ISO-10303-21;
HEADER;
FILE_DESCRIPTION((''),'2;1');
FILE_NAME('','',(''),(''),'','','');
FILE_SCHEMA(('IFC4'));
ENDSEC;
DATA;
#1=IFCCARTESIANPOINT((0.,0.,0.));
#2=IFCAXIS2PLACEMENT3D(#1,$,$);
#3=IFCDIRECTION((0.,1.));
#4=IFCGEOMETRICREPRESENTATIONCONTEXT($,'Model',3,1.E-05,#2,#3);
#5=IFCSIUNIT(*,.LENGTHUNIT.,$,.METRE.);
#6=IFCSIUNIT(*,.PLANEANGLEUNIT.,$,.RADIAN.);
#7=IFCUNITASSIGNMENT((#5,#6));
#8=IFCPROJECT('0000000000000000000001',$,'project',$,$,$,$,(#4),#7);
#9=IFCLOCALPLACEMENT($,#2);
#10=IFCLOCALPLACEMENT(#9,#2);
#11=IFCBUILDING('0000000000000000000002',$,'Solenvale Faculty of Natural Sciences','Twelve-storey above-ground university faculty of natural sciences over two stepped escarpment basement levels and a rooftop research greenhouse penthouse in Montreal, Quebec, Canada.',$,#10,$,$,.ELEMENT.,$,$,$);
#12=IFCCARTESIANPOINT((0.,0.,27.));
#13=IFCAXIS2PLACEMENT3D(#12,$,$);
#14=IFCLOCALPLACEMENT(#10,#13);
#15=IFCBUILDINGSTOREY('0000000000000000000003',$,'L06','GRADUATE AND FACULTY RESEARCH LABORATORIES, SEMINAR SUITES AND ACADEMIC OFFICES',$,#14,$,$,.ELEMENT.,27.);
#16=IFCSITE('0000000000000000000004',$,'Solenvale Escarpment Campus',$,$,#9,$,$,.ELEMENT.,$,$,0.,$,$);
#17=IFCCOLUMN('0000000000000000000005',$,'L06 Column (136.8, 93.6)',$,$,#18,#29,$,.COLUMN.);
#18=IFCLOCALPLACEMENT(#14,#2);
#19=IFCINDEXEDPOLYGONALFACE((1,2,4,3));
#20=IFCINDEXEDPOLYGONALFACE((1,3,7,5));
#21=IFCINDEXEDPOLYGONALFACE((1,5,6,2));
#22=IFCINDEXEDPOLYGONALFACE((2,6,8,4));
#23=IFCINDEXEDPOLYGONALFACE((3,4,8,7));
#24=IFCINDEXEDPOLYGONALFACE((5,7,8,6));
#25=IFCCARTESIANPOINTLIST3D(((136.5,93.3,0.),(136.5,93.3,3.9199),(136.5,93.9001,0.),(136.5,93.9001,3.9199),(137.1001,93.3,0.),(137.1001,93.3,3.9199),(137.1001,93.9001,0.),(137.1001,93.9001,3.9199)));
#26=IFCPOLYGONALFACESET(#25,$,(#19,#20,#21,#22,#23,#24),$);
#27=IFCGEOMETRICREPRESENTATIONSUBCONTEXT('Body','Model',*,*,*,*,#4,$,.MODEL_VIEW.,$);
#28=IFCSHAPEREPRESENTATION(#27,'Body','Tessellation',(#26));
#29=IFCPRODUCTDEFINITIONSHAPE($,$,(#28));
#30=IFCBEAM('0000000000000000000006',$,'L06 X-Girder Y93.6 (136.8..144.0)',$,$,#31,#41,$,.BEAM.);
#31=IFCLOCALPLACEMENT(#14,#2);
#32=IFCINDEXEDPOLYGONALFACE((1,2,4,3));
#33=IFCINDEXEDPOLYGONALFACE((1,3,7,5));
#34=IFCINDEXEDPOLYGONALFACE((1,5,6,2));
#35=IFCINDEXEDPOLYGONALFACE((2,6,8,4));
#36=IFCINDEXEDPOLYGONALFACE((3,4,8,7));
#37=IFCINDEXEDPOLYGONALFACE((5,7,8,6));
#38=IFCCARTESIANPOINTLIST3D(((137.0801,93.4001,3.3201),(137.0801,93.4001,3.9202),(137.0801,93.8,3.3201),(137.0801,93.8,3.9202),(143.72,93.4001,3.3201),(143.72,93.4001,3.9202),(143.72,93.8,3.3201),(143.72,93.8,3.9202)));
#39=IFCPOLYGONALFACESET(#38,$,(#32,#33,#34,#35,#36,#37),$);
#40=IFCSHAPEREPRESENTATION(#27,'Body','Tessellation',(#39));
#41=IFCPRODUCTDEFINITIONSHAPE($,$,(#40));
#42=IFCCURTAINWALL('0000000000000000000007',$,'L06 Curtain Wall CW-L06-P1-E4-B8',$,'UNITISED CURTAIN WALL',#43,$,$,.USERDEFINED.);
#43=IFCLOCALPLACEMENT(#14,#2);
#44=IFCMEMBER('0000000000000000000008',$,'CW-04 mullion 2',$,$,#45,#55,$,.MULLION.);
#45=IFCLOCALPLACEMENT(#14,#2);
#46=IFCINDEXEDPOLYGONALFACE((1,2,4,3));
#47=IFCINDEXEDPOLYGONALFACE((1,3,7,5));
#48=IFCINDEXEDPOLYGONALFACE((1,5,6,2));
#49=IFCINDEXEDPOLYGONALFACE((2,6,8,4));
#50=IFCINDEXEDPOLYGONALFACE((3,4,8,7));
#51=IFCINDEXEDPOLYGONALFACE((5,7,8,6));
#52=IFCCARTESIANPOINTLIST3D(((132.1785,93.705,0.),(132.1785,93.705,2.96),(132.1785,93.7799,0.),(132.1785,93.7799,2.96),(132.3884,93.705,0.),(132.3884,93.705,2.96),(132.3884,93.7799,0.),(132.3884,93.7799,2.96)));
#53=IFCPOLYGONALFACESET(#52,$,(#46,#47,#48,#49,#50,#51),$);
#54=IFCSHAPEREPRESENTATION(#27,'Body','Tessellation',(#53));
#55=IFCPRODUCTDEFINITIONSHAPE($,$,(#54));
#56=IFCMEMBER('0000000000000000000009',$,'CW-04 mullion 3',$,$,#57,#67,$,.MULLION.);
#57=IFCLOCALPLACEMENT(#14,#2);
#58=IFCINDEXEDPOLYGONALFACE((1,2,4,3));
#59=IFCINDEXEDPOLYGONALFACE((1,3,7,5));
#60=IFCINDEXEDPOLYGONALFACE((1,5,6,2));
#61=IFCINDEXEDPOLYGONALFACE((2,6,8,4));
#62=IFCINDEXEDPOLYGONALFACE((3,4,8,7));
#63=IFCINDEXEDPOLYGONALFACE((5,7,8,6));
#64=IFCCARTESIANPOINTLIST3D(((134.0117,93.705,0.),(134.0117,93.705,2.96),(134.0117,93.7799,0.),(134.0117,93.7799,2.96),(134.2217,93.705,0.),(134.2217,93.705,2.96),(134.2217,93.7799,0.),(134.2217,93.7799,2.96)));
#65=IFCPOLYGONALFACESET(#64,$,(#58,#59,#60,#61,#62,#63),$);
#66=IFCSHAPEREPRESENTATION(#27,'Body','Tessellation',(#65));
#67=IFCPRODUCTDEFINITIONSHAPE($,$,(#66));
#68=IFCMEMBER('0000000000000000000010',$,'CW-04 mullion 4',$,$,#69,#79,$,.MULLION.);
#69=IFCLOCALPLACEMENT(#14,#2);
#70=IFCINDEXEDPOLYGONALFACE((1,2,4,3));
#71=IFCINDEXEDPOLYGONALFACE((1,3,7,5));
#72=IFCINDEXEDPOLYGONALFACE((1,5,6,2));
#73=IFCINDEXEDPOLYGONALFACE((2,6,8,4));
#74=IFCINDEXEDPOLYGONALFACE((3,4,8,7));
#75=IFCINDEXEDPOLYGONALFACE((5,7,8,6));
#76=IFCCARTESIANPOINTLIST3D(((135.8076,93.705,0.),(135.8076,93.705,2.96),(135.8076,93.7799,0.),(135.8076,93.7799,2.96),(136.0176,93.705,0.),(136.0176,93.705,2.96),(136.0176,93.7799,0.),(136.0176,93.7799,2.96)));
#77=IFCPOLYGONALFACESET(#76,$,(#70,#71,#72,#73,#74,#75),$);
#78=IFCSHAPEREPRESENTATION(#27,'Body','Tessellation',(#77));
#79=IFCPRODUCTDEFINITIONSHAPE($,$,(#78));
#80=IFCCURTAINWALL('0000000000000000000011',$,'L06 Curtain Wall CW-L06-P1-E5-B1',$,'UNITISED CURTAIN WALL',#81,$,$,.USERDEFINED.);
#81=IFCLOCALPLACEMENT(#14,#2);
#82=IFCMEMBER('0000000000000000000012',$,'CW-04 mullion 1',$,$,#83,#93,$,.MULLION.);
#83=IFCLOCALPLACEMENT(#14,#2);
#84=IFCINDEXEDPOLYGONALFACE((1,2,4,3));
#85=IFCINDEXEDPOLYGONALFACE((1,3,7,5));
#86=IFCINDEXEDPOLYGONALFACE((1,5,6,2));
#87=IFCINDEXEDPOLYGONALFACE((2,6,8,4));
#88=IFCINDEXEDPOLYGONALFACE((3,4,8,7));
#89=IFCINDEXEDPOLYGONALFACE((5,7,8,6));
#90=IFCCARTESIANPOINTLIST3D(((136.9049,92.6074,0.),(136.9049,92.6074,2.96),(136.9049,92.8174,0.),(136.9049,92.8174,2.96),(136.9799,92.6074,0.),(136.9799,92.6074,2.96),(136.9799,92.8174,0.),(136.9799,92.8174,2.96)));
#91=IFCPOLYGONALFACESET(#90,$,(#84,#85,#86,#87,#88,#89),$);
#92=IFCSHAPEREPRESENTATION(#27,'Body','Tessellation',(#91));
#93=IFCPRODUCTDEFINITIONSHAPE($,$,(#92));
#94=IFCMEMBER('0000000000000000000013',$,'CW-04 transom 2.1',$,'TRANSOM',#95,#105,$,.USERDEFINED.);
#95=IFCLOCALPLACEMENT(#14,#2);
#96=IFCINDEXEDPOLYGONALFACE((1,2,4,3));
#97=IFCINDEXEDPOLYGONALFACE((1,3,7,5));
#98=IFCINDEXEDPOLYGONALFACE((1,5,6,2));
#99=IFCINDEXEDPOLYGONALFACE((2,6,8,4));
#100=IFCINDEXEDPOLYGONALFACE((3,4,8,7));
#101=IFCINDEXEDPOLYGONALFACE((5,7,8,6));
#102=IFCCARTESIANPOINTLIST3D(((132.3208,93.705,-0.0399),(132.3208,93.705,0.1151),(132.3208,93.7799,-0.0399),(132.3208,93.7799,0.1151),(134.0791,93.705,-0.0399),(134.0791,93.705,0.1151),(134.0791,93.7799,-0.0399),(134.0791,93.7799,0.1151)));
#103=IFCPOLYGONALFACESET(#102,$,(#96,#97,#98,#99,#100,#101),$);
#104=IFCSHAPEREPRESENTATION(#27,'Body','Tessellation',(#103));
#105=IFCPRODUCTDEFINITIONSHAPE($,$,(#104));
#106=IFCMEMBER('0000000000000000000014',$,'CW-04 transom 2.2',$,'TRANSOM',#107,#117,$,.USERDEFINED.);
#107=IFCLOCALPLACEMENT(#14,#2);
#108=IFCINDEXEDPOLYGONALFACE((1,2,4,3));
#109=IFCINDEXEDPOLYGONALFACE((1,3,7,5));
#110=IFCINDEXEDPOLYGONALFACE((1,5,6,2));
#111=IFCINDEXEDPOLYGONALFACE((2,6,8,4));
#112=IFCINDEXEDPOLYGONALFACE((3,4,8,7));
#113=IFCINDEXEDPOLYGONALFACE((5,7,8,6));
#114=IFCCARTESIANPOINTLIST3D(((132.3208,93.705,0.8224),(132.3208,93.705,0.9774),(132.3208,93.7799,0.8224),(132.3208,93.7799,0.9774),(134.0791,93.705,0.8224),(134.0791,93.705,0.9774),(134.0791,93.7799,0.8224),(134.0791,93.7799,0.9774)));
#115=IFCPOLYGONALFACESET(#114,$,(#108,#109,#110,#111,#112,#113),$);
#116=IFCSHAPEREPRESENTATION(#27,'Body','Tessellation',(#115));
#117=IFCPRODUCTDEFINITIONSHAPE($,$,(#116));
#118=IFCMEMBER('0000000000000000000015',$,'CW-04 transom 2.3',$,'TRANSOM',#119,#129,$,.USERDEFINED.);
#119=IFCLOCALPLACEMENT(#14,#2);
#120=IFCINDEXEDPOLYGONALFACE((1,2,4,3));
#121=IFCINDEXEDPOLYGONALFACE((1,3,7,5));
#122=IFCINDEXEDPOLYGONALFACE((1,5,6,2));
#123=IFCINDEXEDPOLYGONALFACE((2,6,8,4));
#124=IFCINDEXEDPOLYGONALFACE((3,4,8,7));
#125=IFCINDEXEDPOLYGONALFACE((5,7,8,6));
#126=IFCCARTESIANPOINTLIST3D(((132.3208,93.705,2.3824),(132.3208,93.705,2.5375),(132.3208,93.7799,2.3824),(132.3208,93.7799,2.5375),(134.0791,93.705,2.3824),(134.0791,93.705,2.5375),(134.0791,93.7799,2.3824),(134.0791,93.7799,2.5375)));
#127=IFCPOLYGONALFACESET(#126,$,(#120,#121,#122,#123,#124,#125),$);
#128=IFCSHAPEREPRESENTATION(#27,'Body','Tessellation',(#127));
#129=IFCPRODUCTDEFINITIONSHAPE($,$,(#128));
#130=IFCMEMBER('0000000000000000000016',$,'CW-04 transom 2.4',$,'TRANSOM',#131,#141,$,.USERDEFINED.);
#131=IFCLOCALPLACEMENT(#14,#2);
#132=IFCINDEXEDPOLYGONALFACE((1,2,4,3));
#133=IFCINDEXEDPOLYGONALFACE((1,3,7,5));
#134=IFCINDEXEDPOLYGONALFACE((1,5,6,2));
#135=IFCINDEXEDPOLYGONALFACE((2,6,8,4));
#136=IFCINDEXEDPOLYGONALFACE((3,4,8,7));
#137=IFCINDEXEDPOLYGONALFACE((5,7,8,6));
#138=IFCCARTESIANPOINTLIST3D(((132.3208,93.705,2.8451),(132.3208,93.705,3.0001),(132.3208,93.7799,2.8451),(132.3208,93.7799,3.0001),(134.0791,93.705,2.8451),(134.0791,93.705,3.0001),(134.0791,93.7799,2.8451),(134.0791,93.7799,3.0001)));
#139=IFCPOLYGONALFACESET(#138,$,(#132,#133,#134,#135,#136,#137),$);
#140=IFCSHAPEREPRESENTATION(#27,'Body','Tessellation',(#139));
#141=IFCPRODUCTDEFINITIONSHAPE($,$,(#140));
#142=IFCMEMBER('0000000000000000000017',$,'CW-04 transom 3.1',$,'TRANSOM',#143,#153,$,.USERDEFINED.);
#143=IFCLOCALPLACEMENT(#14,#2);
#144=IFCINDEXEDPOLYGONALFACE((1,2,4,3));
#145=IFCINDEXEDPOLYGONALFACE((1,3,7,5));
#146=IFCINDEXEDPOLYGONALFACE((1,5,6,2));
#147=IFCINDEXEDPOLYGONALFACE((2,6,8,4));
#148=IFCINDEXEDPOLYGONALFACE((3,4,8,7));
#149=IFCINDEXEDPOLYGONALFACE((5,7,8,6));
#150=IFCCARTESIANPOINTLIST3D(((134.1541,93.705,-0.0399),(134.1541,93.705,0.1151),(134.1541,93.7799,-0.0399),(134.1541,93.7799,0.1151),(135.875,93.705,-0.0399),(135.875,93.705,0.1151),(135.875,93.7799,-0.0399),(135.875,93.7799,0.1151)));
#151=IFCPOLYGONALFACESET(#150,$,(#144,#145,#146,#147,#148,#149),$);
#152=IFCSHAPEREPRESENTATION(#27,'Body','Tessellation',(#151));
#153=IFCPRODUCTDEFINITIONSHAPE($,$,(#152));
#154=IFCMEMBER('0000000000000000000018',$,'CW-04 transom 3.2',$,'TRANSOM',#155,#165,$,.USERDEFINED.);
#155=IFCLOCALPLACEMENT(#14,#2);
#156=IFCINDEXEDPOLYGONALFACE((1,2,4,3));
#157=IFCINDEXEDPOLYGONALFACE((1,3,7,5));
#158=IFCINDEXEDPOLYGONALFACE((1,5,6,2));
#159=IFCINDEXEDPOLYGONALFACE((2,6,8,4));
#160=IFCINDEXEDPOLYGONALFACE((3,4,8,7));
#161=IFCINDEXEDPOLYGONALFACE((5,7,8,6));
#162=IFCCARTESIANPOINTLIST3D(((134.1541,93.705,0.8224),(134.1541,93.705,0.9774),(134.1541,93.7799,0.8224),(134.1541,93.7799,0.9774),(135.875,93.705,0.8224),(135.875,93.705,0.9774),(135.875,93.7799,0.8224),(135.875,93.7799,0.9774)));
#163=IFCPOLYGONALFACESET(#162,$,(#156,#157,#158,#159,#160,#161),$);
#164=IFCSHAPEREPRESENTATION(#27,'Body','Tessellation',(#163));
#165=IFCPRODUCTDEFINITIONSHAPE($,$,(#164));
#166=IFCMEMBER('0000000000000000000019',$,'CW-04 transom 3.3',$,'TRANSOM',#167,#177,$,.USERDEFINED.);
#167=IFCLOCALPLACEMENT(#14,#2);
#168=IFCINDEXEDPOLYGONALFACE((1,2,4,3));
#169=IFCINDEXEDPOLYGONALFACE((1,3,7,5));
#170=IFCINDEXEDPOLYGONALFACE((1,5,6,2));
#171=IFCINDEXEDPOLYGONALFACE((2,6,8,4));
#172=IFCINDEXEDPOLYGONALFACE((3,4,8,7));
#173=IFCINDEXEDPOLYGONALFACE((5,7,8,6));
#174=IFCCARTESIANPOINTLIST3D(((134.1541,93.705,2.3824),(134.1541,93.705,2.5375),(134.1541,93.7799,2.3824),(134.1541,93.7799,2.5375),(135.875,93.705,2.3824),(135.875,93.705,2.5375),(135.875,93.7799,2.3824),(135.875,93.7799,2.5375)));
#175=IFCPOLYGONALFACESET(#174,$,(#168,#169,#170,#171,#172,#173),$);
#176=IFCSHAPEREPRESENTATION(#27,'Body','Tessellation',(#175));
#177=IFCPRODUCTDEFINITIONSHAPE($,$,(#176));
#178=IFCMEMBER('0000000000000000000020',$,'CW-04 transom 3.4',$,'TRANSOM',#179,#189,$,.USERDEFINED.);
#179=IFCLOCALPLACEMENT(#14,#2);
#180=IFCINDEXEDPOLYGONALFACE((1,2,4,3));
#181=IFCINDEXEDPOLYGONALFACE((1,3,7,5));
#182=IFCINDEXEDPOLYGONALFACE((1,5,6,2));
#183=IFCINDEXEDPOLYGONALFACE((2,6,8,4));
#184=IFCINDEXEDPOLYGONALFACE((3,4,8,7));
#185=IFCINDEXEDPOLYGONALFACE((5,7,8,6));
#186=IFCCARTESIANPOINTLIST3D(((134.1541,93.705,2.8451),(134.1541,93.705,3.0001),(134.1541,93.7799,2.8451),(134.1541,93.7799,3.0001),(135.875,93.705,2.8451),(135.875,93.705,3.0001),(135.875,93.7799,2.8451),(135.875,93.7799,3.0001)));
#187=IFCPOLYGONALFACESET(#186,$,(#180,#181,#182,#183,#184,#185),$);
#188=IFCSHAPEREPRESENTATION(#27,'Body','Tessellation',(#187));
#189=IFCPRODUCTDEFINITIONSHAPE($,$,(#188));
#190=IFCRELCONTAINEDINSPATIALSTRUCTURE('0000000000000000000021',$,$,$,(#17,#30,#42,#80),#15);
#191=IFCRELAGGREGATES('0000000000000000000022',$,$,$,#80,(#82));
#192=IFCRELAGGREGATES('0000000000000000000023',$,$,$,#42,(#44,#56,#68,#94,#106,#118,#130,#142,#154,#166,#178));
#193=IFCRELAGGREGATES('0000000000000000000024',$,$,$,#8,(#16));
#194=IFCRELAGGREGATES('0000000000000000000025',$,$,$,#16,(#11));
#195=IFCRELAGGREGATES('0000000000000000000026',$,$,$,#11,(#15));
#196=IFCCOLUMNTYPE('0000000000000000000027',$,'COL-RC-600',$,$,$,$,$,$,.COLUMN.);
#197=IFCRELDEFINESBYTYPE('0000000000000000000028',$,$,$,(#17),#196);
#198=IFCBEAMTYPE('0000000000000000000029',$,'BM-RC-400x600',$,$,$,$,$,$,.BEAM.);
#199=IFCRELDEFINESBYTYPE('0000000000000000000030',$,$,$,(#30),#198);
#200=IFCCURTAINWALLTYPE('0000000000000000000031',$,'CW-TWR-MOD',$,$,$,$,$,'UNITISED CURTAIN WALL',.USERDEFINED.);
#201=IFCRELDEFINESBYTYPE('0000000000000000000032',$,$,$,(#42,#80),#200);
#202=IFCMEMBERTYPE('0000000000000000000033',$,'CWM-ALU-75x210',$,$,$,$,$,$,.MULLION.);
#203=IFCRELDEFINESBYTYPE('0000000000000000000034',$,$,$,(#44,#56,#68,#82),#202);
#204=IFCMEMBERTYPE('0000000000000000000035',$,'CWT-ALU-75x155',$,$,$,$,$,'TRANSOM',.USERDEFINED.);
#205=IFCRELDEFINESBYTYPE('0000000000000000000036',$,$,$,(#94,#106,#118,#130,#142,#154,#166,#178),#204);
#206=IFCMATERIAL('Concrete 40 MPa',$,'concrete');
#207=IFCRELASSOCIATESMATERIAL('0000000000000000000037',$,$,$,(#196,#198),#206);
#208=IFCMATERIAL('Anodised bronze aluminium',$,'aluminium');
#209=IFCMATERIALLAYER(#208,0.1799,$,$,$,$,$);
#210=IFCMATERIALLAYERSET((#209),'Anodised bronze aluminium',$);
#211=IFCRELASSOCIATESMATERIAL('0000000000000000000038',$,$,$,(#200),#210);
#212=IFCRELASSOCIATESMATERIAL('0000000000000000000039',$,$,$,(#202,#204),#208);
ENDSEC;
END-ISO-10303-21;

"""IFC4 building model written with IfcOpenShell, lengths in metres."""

from ifc_helpers import new_model, si_unit, direction, frame, origin, origin_2d, place, context, subcontext, project, spatial, rectangle, extrude, material, layer, layer_set, material_profile, profile_set, type_object, element, aggregate, save


model = new_model("IFC4")

# Units and contexts
model_context = context("Model", 3, precision=1e-05, world=origin(), true_north=direction((0.0, 1.0)))
body_context = subcontext(model_context, "Body", "Model", "MODEL_VIEW")
ifc_project = project(units=[si_unit("LENGTHUNIT", "METRE"), si_unit("PLANEANGLEUNIT", "RADIAN")], contexts=[model_context])

# Site, building, storey
site_placement = place(None, origin())
site = spatial("IfcSite", under=ifc_project, at=site_placement, Name="Solenvale Escarpment Campus", CompositionType="ELEMENT", RefElevation=0.0)
building_placement = place(site_placement, origin())
building = spatial("IfcBuilding", under=site, at=building_placement, Name="Solenvale Faculty of Natural Sciences", Description="Twelve-storey above-ground university faculty of natural sciences over two stepped escarpment basement levels and a rooftop research greenhouse penthouse in Montreal, Quebec, Canada.", CompositionType="ELEMENT")
storey_placement = place(building_placement, frame((0.0, 0.0, 27.0)))
storey = spatial("IfcBuildingStorey", under=building, at=storey_placement, Name="L06", Description="GRADUATE AND FACULTY RESEARCH LABORATORIES, SEMINAR SUITES AND ACADEMIC OFFICES", CompositionType="ELEMENT", Elevation=27.0)

# Column
ifc_material_1 = material(Name="Concrete 40 MPa", Category="concrete")
ifc_material_profile_1 = material_profile(ifc_material_1, rectangle(XDim=0.6001, YDim=0.6001, at=origin_2d()), Name="RC-COL-600x600")
ifc_profile_set_1 = profile_set([ifc_material_profile_1], Name="Concrete 40 MPa")
column_type = type_object("IfcColumnType", Name="COL-RC-600", PredefinedType="COLUMN", material=ifc_profile_set_1)
column_placement = place(storey_placement, frame((136.8, 93.6001, 0.0), z_axis=(0.0, 0.0, 1.0), x_axis=(1.0, 0.0, 0.0)))
element("IfcColumn", 1, at=column_placement, inside=storey, type_object=column_type, Name="L06 Column (136.8, 93.6)", PredefinedType="COLUMN", context=body_context, shape_type="SweptSolid", body=[
    extrude(rectangle(XDim=0.6001, YDim=0.6001, at=origin_2d()), origin(), (0.0, 0.0, 1.0), 3.9199),
])

# Beam
ifc_material_profile_2 = material_profile(ifc_material_1, rectangle(XDim=0.3999, YDim=0.6001, at=origin_2d()), Name="RC-BM-400x600")
ifc_profile_set_2 = profile_set([ifc_material_profile_2], Name="Concrete 40 MPa")
beam_type = type_object("IfcBeamType", Name="BM-RC-400x600", PredefinedType="BEAM", material=ifc_profile_set_2)
beam_placement = place(storey_placement, frame((137.0801, 93.6001, 3.6201), z_axis=(1.0, 0.0, 0.0), x_axis=(0.0, 1.0, 0.0)))
element("IfcBeam", 2, at=beam_placement, inside=storey, type_object=beam_type, Name="L06 X-Girder Y93.6 (136.8..144.0)", PredefinedType="BEAM", context=body_context, shape_type="SweptSolid", body=[
    extrude(rectangle(XDim=0.3999, YDim=0.6001, at=origin_2d()), origin(), (0.0, 0.0, 1.0), 6.6399),
])

# Curtain wall, members
ifc_material_2 = material(Name="Anodised bronze aluminium", Category="aluminium")
ifc_layer_1 = layer(ifc_material_2, 0.1799)
ifc_layer_set_1 = layer_set([ifc_layer_1], Name="Anodised bronze aluminium")
curtain_wall_type = type_object("IfcCurtainWallType", Name="CW-TWR-MOD", ElementType="UNITISED CURTAIN WALL", PredefinedType="USERDEFINED", material=ifc_layer_set_1)
curtain_wall_1_placement = place(storey_placement, origin())
curtain_wall_1 = element("IfcCurtainWall", 3, at=curtain_wall_1_placement, inside=storey, type_object=curtain_wall_type, Name="L06 Curtain Wall CW-L06-P1-E4-B8", ObjectType="UNITISED CURTAIN WALL", PredefinedType="USERDEFINED")
ifc_material_profile_3 = material_profile(ifc_material_2, rectangle(XDim=0.075, YDim=0.21, at=origin_2d()), Name="ALU-MUL-75x210")
ifc_profile_set_3 = profile_set([ifc_material_profile_3], Name="Anodised bronze aluminium")
member_type_1 = type_object("IfcMemberType", Name="CWM-ALU-75x210", PredefinedType="MULLION", material=ifc_profile_set_3)
member_1_placement = place(storey_placement, frame((132.2834, 93.7424, 0.0), z_axis=(0.0, 0.0, 1.0), x_axis=(0.0, 1.0, 0.0)))
member_1 = element("IfcMember", 4, at=member_1_placement, type_object=member_type_1, Name="CW-04 mullion 2", PredefinedType="MULLION", context=body_context, shape_type="SweptSolid", body=[
    extrude(rectangle(XDim=0.075, YDim=0.21, at=origin_2d()), origin(), (0.0, 0.0, 1.0), 2.96),
])
member_2_placement = place(storey_placement, frame((134.1167, 93.7424, 0.0), z_axis=(0.0, 0.0, 1.0), x_axis=(0.0, 1.0, 0.0)))
member_2 = element("IfcMember", 5, at=member_2_placement, type_object=member_type_1, Name="CW-04 mullion 3", PredefinedType="MULLION", context=body_context, shape_type="SweptSolid", body=[
    extrude(rectangle(XDim=0.075, YDim=0.21, at=origin_2d()), origin(), (0.0, 0.0, 1.0), 2.96),
])
member_3_placement = place(storey_placement, frame((135.9126, 93.7424, 0.0), z_axis=(0.0, 0.0, 1.0), x_axis=(0.0, 1.0, 0.0)))
member_3 = element("IfcMember", 6, at=member_3_placement, type_object=member_type_1, Name="CW-04 mullion 4", PredefinedType="MULLION", context=body_context, shape_type="SweptSolid", body=[
    extrude(rectangle(XDim=0.075, YDim=0.21, at=origin_2d()), origin(), (0.0, 0.0, 1.0), 2.96),
])

# Curtain wall, member
curtain_wall_2_placement = place(storey_placement, origin())
curtain_wall_2 = element("IfcCurtainWall", 7, at=curtain_wall_2_placement, inside=storey, type_object=curtain_wall_type, Name="L06 Curtain Wall CW-L06-P1-E5-B1", ObjectType="UNITISED CURTAIN WALL", PredefinedType="USERDEFINED")
member_4_placement = place(storey_placement, frame((136.9424, 92.7124, 0.0), z_axis=(0.0, 0.0, 1.0), x_axis=(1.0, 0.0, 0.0)))
member_4 = element("IfcMember", 8, at=member_4_placement, type_object=member_type_1, Name="CW-04 mullion 1", PredefinedType="MULLION", context=body_context, shape_type="SweptSolid", body=[
    extrude(rectangle(XDim=0.075, YDim=0.21, at=origin_2d()), origin(), (0.0, 0.0, 1.0), 2.96),
])

# Members
ifc_material_profile_4 = material_profile(ifc_material_2, rectangle(XDim=0.075, YDim=0.155, at=origin_2d()), Name="ALU-TRN-75x155")
ifc_profile_set_4 = profile_set([ifc_material_profile_4], Name="Anodised bronze aluminium")
member_type_2 = type_object("IfcMemberType", Name="CWT-ALU-75x155", ElementType="TRANSOM", PredefinedType="USERDEFINED", material=ifc_profile_set_4)
member_5_placement = place(storey_placement, frame((132.3208, 93.7424, 0.0376), z_axis=(1.0, 0.0, 0.0), x_axis=(0.0, 1.0, 0.0)))
member_5 = element("IfcMember", 9, at=member_5_placement, type_object=member_type_2, Name="CW-04 transom 2.1", ObjectType="TRANSOM", PredefinedType="USERDEFINED", context=body_context, shape_type="SweptSolid", body=[
    extrude(rectangle(XDim=0.075, YDim=0.155, at=origin_2d()), origin(), (0.0, 0.0, 1.0), 1.7583),
])
member_6_placement = place(storey_placement, frame((132.3208, 93.7424, 0.8999), z_axis=(1.0, 0.0, 0.0), x_axis=(0.0, 1.0, 0.0)))
member_6 = element("IfcMember", 10, at=member_6_placement, type_object=member_type_2, Name="CW-04 transom 2.2", ObjectType="TRANSOM", PredefinedType="USERDEFINED", context=body_context, shape_type="SweptSolid", body=[
    extrude(rectangle(XDim=0.075, YDim=0.155, at=origin_2d()), origin(), (0.0, 0.0, 1.0), 1.7583),
])
member_7_placement = place(storey_placement, frame((132.3208, 93.7424, 2.46), z_axis=(1.0, 0.0, 0.0), x_axis=(0.0, 1.0, 0.0)))
member_7 = element("IfcMember", 11, at=member_7_placement, type_object=member_type_2, Name="CW-04 transom 2.3", ObjectType="TRANSOM", PredefinedType="USERDEFINED", context=body_context, shape_type="SweptSolid", body=[
    extrude(rectangle(XDim=0.075, YDim=0.155, at=origin_2d()), origin(), (0.0, 0.0, 1.0), 1.7583),
])
member_8_placement = place(storey_placement, frame((132.3208, 93.7424, 2.9226), z_axis=(1.0, 0.0, 0.0), x_axis=(0.0, 1.0, 0.0)))
member_8 = element("IfcMember", 12, at=member_8_placement, type_object=member_type_2, Name="CW-04 transom 2.4", ObjectType="TRANSOM", PredefinedType="USERDEFINED", context=body_context, shape_type="SweptSolid", body=[
    extrude(rectangle(XDim=0.075, YDim=0.155, at=origin_2d()), origin(), (0.0, 0.0, 1.0), 1.7583),
])
member_9_placement = place(storey_placement, frame((134.1541, 93.7424, 0.0376), z_axis=(1.0, 0.0, 0.0), x_axis=(0.0, 1.0, 0.0)))
member_9 = element("IfcMember", 13, at=member_9_placement, type_object=member_type_2, Name="CW-04 transom 3.1", ObjectType="TRANSOM", PredefinedType="USERDEFINED", context=body_context, shape_type="SweptSolid", body=[
    extrude(rectangle(XDim=0.075, YDim=0.155, at=origin_2d()), origin(), (0.0, 0.0, 1.0), 1.7209),
])
member_10_placement = place(storey_placement, frame((134.1541, 93.7424, 0.8999), z_axis=(1.0, 0.0, 0.0), x_axis=(0.0, 1.0, 0.0)))
member_10 = element("IfcMember", 14, at=member_10_placement, type_object=member_type_2, Name="CW-04 transom 3.2", ObjectType="TRANSOM", PredefinedType="USERDEFINED", context=body_context, shape_type="SweptSolid", body=[
    extrude(rectangle(XDim=0.075, YDim=0.155, at=origin_2d()), origin(), (0.0, 0.0, 1.0), 1.7209),
])
member_11_placement = place(storey_placement, frame((134.1541, 93.7424, 2.46), z_axis=(1.0, 0.0, 0.0), x_axis=(0.0, 1.0, 0.0)))
member_11 = element("IfcMember", 15, at=member_11_placement, type_object=member_type_2, Name="CW-04 transom 3.3", ObjectType="TRANSOM", PredefinedType="USERDEFINED", context=body_context, shape_type="SweptSolid", body=[
    extrude(rectangle(XDim=0.075, YDim=0.155, at=origin_2d()), origin(), (0.0, 0.0, 1.0), 1.7209),
])
member_12_placement = place(storey_placement, frame((134.1541, 93.7424, 2.9226), z_axis=(1.0, 0.0, 0.0), x_axis=(0.0, 1.0, 0.0)))
member_12 = element("IfcMember", 16, at=member_12_placement, type_object=member_type_2, Name="CW-04 transom 3.4", ObjectType="TRANSOM", PredefinedType="USERDEFINED", context=body_context, shape_type="SweptSolid", body=[
    extrude(rectangle(XDim=0.075, YDim=0.155, at=origin_2d()), origin(), (0.0, 0.0, 1.0), 1.7209),
])
aggregate(curtain_wall_2, [member_4])

aggregate(curtain_wall_1, [member_1, member_2, member_3, member_5, member_6, member_7, member_8, member_9, member_10, member_11, member_12])

save(model, "model.ifc")
